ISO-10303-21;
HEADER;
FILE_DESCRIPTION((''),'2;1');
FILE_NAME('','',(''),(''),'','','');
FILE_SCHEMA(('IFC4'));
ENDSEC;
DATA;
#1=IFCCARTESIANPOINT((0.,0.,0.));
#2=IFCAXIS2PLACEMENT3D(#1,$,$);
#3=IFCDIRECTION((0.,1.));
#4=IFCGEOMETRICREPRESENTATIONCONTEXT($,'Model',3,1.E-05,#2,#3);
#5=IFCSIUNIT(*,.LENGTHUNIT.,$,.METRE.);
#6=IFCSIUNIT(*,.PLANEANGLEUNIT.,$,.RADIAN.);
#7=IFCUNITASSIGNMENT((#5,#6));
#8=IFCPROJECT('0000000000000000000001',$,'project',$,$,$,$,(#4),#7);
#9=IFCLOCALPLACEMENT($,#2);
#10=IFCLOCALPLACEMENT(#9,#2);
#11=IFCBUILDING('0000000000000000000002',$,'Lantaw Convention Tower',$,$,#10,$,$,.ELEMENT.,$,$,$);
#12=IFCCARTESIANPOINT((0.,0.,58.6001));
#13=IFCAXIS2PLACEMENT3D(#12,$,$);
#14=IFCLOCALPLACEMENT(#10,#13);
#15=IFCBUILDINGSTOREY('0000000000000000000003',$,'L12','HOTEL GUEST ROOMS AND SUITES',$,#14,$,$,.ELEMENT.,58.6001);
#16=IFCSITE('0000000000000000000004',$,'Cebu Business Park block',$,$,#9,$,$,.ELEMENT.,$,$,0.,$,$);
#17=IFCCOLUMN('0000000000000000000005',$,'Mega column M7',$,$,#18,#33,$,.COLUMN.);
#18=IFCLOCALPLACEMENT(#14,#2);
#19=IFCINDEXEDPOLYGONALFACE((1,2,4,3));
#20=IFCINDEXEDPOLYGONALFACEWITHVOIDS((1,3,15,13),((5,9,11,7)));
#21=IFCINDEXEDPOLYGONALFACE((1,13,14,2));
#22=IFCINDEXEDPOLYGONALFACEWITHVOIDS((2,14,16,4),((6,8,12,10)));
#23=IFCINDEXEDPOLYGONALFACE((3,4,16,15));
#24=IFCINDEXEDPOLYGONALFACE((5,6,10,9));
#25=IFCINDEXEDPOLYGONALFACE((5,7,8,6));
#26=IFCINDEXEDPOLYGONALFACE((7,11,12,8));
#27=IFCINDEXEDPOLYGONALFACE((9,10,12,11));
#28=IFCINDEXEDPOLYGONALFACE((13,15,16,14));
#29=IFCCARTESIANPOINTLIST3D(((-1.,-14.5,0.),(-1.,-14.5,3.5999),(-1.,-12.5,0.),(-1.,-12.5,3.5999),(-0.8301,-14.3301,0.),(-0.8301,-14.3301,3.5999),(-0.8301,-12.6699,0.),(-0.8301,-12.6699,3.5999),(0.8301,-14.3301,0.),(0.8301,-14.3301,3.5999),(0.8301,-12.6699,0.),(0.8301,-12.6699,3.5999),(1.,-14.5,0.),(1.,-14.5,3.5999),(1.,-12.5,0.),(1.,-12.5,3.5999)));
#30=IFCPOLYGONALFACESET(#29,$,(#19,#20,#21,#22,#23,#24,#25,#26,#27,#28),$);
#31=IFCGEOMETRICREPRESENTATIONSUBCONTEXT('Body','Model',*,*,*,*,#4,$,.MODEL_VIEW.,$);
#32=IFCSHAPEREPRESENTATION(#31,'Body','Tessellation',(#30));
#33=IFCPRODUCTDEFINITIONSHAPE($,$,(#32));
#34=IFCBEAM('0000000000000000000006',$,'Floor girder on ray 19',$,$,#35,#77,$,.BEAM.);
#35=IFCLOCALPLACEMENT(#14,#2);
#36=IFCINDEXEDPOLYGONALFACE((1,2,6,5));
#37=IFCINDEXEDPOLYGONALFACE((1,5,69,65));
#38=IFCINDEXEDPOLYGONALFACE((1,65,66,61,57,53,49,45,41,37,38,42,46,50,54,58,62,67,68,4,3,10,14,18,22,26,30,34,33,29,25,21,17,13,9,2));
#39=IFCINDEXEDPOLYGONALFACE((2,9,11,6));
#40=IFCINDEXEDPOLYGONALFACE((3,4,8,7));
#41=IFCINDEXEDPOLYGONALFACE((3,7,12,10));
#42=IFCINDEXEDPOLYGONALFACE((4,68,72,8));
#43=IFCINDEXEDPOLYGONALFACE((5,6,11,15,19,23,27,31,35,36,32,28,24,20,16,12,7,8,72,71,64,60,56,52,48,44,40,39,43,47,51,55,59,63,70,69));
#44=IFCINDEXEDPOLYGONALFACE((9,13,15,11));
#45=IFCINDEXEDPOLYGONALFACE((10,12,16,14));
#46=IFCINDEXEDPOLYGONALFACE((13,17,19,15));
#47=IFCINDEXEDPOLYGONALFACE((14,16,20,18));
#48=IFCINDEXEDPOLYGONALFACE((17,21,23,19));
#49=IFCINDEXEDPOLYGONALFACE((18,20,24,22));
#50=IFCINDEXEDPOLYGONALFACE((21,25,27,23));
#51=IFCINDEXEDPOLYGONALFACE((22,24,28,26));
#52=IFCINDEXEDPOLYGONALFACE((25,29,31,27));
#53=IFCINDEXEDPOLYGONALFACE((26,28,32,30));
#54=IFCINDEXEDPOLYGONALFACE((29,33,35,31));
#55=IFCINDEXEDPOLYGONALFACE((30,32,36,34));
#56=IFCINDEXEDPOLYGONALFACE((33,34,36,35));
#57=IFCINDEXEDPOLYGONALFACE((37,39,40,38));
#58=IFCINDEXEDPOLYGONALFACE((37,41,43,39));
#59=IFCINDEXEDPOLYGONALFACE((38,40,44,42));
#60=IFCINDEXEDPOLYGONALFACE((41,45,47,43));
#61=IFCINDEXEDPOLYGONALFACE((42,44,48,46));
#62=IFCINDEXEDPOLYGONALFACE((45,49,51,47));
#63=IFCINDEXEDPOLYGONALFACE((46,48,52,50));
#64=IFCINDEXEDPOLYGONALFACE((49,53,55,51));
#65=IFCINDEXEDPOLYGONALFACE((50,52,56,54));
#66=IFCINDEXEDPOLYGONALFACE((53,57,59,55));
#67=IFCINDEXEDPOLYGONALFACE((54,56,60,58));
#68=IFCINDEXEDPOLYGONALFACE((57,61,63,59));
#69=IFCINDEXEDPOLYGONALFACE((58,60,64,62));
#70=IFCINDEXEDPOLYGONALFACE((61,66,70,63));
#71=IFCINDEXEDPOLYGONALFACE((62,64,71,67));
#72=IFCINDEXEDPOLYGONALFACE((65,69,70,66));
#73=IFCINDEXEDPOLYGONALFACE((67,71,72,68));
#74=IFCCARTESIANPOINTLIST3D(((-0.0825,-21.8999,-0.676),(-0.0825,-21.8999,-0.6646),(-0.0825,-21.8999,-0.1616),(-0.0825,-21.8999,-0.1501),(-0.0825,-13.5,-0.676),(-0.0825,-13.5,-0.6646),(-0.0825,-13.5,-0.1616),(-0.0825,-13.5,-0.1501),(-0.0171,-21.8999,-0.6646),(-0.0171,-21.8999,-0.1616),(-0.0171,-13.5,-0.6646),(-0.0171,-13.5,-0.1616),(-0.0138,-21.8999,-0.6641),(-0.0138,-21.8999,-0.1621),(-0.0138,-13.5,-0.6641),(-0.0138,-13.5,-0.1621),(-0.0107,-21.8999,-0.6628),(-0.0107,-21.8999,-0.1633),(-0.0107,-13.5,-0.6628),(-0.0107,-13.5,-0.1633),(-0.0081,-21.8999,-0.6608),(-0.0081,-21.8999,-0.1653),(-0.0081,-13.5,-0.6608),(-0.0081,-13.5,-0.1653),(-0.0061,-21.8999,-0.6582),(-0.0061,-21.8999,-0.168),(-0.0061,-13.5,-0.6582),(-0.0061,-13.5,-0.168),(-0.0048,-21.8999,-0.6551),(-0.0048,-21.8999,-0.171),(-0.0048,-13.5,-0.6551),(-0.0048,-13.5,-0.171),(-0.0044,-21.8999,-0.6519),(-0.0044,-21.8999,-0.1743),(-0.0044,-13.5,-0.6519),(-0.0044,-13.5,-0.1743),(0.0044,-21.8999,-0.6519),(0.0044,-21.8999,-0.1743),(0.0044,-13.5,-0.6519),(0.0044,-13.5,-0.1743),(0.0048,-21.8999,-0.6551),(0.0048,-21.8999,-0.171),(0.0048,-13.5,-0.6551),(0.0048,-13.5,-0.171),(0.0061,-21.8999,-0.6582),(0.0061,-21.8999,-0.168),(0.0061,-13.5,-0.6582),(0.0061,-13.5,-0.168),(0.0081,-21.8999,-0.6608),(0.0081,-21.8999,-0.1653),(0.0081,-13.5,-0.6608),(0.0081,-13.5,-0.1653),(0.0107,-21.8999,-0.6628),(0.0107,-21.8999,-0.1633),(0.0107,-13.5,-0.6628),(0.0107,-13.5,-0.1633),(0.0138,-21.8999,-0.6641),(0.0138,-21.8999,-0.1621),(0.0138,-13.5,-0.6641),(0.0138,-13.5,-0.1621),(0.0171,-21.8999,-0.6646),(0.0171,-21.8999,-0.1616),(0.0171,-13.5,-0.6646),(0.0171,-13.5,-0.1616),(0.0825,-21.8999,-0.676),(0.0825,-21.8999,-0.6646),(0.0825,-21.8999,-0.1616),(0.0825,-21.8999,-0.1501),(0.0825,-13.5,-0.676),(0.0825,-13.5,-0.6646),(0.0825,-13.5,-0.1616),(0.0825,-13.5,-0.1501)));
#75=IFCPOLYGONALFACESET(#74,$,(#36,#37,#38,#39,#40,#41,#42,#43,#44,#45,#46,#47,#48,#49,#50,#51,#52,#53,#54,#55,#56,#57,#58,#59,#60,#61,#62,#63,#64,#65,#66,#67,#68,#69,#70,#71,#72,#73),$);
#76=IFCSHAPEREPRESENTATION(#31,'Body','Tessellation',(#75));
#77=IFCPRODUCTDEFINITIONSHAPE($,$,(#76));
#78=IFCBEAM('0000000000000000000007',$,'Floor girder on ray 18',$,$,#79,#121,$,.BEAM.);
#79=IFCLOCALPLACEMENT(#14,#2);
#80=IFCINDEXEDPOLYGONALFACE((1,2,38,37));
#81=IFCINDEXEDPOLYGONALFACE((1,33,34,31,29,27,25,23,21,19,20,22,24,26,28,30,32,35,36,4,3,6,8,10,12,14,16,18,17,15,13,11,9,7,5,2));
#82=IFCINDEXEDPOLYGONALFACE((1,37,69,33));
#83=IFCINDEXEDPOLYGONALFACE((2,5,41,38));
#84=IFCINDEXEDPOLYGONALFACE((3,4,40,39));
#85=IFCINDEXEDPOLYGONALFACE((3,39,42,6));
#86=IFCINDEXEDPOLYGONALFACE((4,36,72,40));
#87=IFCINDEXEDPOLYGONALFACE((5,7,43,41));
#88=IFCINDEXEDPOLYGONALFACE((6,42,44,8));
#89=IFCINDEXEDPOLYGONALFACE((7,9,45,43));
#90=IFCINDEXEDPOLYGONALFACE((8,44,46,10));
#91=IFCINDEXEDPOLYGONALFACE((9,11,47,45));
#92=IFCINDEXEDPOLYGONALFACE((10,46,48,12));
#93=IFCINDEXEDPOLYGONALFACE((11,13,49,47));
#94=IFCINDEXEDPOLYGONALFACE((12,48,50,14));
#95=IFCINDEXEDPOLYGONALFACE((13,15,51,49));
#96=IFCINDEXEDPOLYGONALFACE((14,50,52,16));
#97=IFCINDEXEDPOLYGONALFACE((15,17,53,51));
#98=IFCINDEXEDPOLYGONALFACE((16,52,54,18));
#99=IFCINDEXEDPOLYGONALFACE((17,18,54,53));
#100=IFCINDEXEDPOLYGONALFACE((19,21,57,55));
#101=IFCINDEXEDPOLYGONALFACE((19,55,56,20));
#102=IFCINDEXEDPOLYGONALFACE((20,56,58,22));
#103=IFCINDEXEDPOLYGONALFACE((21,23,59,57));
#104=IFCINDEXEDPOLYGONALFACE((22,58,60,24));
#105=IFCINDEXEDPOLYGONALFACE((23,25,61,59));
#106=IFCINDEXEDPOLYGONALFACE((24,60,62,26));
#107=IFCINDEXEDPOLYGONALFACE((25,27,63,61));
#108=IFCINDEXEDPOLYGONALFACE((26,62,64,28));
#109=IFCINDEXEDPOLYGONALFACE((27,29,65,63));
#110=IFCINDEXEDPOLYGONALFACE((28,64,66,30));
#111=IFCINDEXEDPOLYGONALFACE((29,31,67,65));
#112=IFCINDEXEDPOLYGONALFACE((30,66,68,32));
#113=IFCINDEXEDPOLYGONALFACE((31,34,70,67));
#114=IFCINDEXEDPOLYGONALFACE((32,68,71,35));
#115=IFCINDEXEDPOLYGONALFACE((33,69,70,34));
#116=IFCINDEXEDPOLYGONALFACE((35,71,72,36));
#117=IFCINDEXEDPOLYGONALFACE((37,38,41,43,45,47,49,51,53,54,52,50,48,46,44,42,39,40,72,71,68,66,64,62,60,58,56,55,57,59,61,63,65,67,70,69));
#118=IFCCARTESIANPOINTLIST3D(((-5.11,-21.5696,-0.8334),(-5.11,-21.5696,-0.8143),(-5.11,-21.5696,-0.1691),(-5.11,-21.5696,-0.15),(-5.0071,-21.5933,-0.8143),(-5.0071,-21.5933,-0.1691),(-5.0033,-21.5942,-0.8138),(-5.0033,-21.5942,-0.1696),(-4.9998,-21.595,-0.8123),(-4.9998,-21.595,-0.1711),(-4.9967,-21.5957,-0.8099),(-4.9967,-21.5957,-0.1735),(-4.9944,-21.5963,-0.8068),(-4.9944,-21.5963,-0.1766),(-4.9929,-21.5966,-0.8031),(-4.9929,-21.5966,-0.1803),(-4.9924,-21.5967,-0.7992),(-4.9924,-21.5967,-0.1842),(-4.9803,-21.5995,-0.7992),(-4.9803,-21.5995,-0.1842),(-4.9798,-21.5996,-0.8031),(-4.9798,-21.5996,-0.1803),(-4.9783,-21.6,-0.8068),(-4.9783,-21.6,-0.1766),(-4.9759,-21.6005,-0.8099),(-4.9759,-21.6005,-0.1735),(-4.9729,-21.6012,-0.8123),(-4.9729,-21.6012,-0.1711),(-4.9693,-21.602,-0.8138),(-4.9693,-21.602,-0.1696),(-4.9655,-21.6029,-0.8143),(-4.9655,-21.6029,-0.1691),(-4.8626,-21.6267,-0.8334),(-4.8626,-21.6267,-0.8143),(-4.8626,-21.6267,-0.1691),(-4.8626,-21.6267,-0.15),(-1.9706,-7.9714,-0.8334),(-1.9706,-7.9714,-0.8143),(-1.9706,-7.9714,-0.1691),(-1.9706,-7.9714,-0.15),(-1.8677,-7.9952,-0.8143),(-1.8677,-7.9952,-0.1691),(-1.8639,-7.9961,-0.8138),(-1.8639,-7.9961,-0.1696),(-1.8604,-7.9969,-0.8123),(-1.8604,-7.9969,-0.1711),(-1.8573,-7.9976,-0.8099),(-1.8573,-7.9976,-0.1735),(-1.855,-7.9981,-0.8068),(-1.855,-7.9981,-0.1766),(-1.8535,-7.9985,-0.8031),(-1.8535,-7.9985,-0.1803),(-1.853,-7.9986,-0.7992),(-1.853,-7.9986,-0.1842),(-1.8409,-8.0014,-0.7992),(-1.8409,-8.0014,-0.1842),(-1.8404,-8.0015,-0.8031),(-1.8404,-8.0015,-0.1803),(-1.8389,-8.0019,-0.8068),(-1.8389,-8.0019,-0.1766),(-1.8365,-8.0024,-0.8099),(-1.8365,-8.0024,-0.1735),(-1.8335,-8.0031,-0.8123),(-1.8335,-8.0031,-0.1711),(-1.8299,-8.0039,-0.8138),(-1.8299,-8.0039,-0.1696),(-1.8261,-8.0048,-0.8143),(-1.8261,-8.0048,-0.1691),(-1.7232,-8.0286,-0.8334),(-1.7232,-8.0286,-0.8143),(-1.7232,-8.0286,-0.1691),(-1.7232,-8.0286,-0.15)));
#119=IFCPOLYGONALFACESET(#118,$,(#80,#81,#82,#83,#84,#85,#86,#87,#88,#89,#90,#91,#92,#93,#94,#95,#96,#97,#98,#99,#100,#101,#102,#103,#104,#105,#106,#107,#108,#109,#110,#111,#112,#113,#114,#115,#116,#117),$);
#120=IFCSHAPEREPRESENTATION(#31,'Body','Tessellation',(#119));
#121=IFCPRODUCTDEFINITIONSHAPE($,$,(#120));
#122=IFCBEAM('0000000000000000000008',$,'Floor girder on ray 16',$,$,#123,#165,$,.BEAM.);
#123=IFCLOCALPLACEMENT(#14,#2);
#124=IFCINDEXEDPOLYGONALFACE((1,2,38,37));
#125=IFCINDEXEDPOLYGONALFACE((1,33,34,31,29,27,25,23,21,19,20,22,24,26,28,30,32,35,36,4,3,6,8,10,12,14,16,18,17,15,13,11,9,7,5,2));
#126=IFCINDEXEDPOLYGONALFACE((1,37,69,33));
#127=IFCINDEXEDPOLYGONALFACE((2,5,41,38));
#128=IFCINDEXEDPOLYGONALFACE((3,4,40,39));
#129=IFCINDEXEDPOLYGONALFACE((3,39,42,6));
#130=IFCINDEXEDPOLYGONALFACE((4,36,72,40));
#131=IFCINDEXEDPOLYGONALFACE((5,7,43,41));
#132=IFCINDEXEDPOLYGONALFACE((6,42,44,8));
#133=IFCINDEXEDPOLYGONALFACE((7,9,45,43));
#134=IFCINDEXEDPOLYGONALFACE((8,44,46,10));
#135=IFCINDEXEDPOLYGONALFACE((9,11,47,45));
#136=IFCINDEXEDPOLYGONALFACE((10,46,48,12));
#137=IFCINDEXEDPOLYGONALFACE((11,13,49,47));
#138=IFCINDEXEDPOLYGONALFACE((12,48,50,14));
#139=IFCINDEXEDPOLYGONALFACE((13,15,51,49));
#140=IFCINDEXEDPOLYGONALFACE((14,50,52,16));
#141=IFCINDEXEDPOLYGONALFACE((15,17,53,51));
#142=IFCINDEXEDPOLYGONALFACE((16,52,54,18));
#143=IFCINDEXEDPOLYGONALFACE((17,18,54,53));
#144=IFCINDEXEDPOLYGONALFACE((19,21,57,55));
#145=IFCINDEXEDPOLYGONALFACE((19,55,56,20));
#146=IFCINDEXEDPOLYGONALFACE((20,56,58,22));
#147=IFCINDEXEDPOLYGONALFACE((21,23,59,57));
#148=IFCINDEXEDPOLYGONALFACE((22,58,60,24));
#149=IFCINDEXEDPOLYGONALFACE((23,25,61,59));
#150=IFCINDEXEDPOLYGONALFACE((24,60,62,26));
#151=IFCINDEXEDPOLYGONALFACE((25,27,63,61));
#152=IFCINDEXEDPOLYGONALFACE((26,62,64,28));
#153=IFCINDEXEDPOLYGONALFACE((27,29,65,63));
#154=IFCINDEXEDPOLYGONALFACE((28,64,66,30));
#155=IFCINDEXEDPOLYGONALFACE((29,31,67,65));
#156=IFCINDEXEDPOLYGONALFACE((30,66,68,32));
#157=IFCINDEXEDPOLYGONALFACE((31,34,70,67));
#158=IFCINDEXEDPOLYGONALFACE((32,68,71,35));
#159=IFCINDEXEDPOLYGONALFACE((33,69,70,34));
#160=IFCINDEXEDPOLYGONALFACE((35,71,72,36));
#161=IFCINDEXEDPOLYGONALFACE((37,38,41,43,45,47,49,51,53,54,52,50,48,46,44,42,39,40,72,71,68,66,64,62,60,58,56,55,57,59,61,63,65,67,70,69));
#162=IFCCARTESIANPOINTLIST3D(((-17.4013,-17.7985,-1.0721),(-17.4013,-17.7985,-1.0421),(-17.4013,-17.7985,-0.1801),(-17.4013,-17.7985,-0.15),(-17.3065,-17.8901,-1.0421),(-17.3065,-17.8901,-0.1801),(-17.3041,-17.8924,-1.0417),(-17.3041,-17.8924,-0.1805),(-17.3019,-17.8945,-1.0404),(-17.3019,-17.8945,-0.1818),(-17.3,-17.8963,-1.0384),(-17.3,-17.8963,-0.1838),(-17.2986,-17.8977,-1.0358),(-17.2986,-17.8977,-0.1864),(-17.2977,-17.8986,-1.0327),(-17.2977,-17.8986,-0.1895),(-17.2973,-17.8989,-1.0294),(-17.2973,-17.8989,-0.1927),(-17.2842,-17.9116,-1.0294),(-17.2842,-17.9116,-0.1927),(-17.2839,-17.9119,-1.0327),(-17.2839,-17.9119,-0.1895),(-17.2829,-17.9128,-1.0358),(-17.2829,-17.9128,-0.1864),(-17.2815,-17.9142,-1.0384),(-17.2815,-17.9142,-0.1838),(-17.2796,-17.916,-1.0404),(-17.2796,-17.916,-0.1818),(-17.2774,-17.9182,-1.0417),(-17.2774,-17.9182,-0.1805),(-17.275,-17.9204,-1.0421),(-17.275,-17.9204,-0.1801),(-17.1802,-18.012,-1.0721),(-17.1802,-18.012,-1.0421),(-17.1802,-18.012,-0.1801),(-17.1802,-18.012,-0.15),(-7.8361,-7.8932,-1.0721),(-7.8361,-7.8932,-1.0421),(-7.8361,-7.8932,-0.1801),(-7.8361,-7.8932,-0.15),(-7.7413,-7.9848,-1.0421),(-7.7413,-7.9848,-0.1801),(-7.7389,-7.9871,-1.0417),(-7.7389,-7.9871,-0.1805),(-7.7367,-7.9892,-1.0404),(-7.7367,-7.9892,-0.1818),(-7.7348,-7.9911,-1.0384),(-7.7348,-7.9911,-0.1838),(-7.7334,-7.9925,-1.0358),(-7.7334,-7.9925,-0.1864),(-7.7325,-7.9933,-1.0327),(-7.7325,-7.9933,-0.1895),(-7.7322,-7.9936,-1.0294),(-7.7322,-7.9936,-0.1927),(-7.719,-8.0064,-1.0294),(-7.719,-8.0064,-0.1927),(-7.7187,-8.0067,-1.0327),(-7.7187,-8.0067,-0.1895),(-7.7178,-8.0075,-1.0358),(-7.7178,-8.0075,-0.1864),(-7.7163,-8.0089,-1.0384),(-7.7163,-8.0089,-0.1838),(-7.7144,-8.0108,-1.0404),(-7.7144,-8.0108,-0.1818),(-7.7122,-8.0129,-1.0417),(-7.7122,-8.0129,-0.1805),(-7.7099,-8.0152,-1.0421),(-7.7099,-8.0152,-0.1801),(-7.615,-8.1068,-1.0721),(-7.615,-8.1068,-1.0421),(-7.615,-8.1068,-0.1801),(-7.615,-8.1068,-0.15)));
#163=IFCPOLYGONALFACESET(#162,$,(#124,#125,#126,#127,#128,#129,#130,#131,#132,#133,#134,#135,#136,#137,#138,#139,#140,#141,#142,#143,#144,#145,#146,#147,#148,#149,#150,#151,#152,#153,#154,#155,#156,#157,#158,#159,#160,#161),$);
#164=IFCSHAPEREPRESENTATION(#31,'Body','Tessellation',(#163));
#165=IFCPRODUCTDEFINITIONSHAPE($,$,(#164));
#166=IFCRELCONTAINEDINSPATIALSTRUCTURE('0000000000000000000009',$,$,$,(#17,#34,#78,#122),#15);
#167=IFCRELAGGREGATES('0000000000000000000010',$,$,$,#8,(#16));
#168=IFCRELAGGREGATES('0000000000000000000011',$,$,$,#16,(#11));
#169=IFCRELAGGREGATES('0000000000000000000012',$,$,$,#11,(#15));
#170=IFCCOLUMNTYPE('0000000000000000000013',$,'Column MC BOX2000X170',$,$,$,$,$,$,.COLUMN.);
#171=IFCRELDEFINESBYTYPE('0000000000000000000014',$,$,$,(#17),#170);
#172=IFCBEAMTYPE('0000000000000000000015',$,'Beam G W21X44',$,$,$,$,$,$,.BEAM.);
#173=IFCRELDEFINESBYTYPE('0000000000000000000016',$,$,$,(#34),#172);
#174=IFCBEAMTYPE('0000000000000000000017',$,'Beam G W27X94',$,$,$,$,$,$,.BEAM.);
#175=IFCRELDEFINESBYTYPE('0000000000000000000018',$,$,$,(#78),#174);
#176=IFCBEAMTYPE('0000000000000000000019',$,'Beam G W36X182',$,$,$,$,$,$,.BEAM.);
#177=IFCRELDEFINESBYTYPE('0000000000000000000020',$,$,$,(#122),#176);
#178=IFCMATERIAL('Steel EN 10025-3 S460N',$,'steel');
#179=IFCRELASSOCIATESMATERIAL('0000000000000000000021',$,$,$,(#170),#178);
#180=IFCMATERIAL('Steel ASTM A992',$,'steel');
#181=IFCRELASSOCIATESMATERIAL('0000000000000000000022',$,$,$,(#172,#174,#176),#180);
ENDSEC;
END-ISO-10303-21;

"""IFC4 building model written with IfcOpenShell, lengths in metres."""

from ifc_helpers import new_model, si_unit, direction, frame, origin, origin_2d, place, context, subcontext, project, spatial, rectangle, hollow_rectangle, i_section, extrude, material, material_profile, profile_set, type_object, element, save


model = new_model("IFC4")

# Units and contexts
model_context = context("Model", 3, precision=1e-05, world=origin(), true_north=direction((0.0, 1.0)))
body_context = subcontext(model_context, "Body", "Model", "MODEL_VIEW")
ifc_project = project(units=[si_unit("LENGTHUNIT", "METRE"), si_unit("PLANEANGLEUNIT", "RADIAN")], contexts=[model_context])

# Site, building, storey
site_placement = place(None, origin())
site = spatial("IfcSite", under=ifc_project, at=site_placement, Name="Cebu Business Park block", CompositionType="ELEMENT", RefElevation=0.0)
building_placement = place(site_placement, origin())
building = spatial("IfcBuilding", under=site, at=building_placement, Name="Lantaw Convention Tower", CompositionType="ELEMENT")
storey_placement = place(building_placement, frame((0.0, 0.0, 58.6001)))
storey = spatial("IfcBuildingStorey", under=building, at=storey_placement, Name="L12", Description="HOTEL GUEST ROOMS AND SUITES", CompositionType="ELEMENT", Elevation=58.6001)

# Column
ifc_material_1 = material(Name="Steel EN 10025-3 S460N", Category="steel")
ifc_material_profile_1 = material_profile(ifc_material_1, hollow_rectangle(XDim=2.0, YDim=2.0, WallThickness=0.1699, at=origin_2d()), Name="BOX2000X170")
ifc_material_2 = material(Name="Concrete C60/75", Category="concrete")
ifc_material_profile_2 = material_profile(ifc_material_2, rectangle(XDim=1.6599, YDim=1.6599, at=origin_2d()), Name="Concrete fill of BOX2000X170")
ifc_profile_set_1 = profile_set([ifc_material_profile_1, ifc_material_profile_2], Name="Steel EN 10025-3 S460N")
column_type = type_object("IfcColumnType", Name="Column MC BOX2000X170", PredefinedType="COLUMN", material=ifc_profile_set_1)
column_placement = place(storey_placement, frame((0.0, -13.5, 0.0), z_axis=(0.0, 0.0, 1.0), x_axis=(1.0, 0.0, 0.0)))
element("IfcColumn", 1, at=column_placement, inside=storey, type_object=column_type, Name="Mega column M7", PredefinedType="COLUMN", context=body_context, shape_type="SweptSolid", body=[
    extrude(hollow_rectangle(XDim=2.0, YDim=2.0, WallThickness=0.1699, at=origin_2d()), origin(), (0.0, 0.0, 1.0), 3.5999),
])

# Beams
ifc_material_3 = material(Name="Steel ASTM A992", Category="steel")
ifc_material_profile_3 = material_profile(ifc_material_3, i_section(OverallWidth=0.165, OverallDepth=0.5259, WebThickness=0.0088, FlangeThickness=0.0115, FilletRadius=0.0127, at=origin_2d()), Name="W21X44")
ifc_profile_set_2 = profile_set([ifc_material_profile_3], Name="Steel ASTM A992")
beam_type_1 = type_object("IfcBeamType", Name="Beam G W21X44", PredefinedType="BEAM", material=ifc_profile_set_2)
beam_1_placement = place(storey_placement, frame((0.0, -13.5, -0.4131), z_axis=(0.0, -1.0, 0.0), x_axis=(1.0, 0.0, 0.0)))
element("IfcBeam", 2, at=beam_1_placement, inside=storey, type_object=beam_type_1, Name="Floor girder on ray 19", PredefinedType="BEAM", context=body_context, shape_type="SweptSolid", body=[
    extrude(i_section(OverallWidth=0.165, OverallDepth=0.5259, WebThickness=0.0088, FlangeThickness=0.0115, FilletRadius=0.0127, at=origin_2d()), origin(), (0.0, 0.0, 1.0), 8.3999),
])
ifc_material_profile_4 = material_profile(ifc_material_3, i_section(OverallWidth=0.2539, OverallDepth=0.6833, WebThickness=0.0125, FlangeThickness=0.019, FilletRadius=0.0151, at=origin_2d()), Name="W27X94")
ifc_profile_set_3 = profile_set([ifc_material_profile_4], Name="Steel ASTM A992")
beam_type_2 = type_object("IfcBeamType", Name="Beam G W27X94", PredefinedType="BEAM", material=ifc_profile_set_3)
beam_2_placement = place(storey_placement, frame((-1.8469, -8.0, -0.4917), z_axis=(-0.224953, -0.97437, 0.0), x_axis=(0.97437, -0.224953, 0.0)))
element("IfcBeam", 3, at=beam_2_placement, inside=storey, type_object=beam_type_2, Name="Floor girder on ray 18", PredefinedType="BEAM", context=body_context, shape_type="SweptSolid", body=[
    extrude(i_section(OverallWidth=0.2539, OverallDepth=0.6833, WebThickness=0.0125, FlangeThickness=0.019, FilletRadius=0.0151, at=origin_2d()), origin(), (0.0, 0.0, 1.0), 13.9558),
])
ifc_material_profile_5 = material_profile(ifc_material_3, i_section(OverallWidth=0.3074, OverallDepth=0.9221, WebThickness=0.0183, FlangeThickness=0.03, FilletRadius=0.0127, at=origin_2d()), Name="W36X182")
ifc_profile_set_4 = profile_set([ifc_material_profile_5], Name="Steel ASTM A992")
beam_type_3 = type_object("IfcBeamType", Name="Beam G W36X182", PredefinedType="BEAM", material=ifc_profile_set_4)
beam_3_placement = place(storey_placement, frame((-7.7256, -8.0, -0.6111), z_axis=(-0.69465, -0.719348, 0.0), x_axis=(0.719348, -0.69465, 0.0)))
element("IfcBeam", 4, at=beam_3_placement, inside=storey, type_object=beam_type_3, Name="Floor girder on ray 16", PredefinedType="BEAM", context=body_context, shape_type="SweptSolid", body=[
    extrude(i_section(OverallWidth=0.3074, OverallDepth=0.9221, WebThickness=0.0183, FlangeThickness=0.03, FilletRadius=0.0127, at=origin_2d()), origin(), (0.0, 0.0, 1.0), 13.7698),
])

save(model, "model.ifc")
